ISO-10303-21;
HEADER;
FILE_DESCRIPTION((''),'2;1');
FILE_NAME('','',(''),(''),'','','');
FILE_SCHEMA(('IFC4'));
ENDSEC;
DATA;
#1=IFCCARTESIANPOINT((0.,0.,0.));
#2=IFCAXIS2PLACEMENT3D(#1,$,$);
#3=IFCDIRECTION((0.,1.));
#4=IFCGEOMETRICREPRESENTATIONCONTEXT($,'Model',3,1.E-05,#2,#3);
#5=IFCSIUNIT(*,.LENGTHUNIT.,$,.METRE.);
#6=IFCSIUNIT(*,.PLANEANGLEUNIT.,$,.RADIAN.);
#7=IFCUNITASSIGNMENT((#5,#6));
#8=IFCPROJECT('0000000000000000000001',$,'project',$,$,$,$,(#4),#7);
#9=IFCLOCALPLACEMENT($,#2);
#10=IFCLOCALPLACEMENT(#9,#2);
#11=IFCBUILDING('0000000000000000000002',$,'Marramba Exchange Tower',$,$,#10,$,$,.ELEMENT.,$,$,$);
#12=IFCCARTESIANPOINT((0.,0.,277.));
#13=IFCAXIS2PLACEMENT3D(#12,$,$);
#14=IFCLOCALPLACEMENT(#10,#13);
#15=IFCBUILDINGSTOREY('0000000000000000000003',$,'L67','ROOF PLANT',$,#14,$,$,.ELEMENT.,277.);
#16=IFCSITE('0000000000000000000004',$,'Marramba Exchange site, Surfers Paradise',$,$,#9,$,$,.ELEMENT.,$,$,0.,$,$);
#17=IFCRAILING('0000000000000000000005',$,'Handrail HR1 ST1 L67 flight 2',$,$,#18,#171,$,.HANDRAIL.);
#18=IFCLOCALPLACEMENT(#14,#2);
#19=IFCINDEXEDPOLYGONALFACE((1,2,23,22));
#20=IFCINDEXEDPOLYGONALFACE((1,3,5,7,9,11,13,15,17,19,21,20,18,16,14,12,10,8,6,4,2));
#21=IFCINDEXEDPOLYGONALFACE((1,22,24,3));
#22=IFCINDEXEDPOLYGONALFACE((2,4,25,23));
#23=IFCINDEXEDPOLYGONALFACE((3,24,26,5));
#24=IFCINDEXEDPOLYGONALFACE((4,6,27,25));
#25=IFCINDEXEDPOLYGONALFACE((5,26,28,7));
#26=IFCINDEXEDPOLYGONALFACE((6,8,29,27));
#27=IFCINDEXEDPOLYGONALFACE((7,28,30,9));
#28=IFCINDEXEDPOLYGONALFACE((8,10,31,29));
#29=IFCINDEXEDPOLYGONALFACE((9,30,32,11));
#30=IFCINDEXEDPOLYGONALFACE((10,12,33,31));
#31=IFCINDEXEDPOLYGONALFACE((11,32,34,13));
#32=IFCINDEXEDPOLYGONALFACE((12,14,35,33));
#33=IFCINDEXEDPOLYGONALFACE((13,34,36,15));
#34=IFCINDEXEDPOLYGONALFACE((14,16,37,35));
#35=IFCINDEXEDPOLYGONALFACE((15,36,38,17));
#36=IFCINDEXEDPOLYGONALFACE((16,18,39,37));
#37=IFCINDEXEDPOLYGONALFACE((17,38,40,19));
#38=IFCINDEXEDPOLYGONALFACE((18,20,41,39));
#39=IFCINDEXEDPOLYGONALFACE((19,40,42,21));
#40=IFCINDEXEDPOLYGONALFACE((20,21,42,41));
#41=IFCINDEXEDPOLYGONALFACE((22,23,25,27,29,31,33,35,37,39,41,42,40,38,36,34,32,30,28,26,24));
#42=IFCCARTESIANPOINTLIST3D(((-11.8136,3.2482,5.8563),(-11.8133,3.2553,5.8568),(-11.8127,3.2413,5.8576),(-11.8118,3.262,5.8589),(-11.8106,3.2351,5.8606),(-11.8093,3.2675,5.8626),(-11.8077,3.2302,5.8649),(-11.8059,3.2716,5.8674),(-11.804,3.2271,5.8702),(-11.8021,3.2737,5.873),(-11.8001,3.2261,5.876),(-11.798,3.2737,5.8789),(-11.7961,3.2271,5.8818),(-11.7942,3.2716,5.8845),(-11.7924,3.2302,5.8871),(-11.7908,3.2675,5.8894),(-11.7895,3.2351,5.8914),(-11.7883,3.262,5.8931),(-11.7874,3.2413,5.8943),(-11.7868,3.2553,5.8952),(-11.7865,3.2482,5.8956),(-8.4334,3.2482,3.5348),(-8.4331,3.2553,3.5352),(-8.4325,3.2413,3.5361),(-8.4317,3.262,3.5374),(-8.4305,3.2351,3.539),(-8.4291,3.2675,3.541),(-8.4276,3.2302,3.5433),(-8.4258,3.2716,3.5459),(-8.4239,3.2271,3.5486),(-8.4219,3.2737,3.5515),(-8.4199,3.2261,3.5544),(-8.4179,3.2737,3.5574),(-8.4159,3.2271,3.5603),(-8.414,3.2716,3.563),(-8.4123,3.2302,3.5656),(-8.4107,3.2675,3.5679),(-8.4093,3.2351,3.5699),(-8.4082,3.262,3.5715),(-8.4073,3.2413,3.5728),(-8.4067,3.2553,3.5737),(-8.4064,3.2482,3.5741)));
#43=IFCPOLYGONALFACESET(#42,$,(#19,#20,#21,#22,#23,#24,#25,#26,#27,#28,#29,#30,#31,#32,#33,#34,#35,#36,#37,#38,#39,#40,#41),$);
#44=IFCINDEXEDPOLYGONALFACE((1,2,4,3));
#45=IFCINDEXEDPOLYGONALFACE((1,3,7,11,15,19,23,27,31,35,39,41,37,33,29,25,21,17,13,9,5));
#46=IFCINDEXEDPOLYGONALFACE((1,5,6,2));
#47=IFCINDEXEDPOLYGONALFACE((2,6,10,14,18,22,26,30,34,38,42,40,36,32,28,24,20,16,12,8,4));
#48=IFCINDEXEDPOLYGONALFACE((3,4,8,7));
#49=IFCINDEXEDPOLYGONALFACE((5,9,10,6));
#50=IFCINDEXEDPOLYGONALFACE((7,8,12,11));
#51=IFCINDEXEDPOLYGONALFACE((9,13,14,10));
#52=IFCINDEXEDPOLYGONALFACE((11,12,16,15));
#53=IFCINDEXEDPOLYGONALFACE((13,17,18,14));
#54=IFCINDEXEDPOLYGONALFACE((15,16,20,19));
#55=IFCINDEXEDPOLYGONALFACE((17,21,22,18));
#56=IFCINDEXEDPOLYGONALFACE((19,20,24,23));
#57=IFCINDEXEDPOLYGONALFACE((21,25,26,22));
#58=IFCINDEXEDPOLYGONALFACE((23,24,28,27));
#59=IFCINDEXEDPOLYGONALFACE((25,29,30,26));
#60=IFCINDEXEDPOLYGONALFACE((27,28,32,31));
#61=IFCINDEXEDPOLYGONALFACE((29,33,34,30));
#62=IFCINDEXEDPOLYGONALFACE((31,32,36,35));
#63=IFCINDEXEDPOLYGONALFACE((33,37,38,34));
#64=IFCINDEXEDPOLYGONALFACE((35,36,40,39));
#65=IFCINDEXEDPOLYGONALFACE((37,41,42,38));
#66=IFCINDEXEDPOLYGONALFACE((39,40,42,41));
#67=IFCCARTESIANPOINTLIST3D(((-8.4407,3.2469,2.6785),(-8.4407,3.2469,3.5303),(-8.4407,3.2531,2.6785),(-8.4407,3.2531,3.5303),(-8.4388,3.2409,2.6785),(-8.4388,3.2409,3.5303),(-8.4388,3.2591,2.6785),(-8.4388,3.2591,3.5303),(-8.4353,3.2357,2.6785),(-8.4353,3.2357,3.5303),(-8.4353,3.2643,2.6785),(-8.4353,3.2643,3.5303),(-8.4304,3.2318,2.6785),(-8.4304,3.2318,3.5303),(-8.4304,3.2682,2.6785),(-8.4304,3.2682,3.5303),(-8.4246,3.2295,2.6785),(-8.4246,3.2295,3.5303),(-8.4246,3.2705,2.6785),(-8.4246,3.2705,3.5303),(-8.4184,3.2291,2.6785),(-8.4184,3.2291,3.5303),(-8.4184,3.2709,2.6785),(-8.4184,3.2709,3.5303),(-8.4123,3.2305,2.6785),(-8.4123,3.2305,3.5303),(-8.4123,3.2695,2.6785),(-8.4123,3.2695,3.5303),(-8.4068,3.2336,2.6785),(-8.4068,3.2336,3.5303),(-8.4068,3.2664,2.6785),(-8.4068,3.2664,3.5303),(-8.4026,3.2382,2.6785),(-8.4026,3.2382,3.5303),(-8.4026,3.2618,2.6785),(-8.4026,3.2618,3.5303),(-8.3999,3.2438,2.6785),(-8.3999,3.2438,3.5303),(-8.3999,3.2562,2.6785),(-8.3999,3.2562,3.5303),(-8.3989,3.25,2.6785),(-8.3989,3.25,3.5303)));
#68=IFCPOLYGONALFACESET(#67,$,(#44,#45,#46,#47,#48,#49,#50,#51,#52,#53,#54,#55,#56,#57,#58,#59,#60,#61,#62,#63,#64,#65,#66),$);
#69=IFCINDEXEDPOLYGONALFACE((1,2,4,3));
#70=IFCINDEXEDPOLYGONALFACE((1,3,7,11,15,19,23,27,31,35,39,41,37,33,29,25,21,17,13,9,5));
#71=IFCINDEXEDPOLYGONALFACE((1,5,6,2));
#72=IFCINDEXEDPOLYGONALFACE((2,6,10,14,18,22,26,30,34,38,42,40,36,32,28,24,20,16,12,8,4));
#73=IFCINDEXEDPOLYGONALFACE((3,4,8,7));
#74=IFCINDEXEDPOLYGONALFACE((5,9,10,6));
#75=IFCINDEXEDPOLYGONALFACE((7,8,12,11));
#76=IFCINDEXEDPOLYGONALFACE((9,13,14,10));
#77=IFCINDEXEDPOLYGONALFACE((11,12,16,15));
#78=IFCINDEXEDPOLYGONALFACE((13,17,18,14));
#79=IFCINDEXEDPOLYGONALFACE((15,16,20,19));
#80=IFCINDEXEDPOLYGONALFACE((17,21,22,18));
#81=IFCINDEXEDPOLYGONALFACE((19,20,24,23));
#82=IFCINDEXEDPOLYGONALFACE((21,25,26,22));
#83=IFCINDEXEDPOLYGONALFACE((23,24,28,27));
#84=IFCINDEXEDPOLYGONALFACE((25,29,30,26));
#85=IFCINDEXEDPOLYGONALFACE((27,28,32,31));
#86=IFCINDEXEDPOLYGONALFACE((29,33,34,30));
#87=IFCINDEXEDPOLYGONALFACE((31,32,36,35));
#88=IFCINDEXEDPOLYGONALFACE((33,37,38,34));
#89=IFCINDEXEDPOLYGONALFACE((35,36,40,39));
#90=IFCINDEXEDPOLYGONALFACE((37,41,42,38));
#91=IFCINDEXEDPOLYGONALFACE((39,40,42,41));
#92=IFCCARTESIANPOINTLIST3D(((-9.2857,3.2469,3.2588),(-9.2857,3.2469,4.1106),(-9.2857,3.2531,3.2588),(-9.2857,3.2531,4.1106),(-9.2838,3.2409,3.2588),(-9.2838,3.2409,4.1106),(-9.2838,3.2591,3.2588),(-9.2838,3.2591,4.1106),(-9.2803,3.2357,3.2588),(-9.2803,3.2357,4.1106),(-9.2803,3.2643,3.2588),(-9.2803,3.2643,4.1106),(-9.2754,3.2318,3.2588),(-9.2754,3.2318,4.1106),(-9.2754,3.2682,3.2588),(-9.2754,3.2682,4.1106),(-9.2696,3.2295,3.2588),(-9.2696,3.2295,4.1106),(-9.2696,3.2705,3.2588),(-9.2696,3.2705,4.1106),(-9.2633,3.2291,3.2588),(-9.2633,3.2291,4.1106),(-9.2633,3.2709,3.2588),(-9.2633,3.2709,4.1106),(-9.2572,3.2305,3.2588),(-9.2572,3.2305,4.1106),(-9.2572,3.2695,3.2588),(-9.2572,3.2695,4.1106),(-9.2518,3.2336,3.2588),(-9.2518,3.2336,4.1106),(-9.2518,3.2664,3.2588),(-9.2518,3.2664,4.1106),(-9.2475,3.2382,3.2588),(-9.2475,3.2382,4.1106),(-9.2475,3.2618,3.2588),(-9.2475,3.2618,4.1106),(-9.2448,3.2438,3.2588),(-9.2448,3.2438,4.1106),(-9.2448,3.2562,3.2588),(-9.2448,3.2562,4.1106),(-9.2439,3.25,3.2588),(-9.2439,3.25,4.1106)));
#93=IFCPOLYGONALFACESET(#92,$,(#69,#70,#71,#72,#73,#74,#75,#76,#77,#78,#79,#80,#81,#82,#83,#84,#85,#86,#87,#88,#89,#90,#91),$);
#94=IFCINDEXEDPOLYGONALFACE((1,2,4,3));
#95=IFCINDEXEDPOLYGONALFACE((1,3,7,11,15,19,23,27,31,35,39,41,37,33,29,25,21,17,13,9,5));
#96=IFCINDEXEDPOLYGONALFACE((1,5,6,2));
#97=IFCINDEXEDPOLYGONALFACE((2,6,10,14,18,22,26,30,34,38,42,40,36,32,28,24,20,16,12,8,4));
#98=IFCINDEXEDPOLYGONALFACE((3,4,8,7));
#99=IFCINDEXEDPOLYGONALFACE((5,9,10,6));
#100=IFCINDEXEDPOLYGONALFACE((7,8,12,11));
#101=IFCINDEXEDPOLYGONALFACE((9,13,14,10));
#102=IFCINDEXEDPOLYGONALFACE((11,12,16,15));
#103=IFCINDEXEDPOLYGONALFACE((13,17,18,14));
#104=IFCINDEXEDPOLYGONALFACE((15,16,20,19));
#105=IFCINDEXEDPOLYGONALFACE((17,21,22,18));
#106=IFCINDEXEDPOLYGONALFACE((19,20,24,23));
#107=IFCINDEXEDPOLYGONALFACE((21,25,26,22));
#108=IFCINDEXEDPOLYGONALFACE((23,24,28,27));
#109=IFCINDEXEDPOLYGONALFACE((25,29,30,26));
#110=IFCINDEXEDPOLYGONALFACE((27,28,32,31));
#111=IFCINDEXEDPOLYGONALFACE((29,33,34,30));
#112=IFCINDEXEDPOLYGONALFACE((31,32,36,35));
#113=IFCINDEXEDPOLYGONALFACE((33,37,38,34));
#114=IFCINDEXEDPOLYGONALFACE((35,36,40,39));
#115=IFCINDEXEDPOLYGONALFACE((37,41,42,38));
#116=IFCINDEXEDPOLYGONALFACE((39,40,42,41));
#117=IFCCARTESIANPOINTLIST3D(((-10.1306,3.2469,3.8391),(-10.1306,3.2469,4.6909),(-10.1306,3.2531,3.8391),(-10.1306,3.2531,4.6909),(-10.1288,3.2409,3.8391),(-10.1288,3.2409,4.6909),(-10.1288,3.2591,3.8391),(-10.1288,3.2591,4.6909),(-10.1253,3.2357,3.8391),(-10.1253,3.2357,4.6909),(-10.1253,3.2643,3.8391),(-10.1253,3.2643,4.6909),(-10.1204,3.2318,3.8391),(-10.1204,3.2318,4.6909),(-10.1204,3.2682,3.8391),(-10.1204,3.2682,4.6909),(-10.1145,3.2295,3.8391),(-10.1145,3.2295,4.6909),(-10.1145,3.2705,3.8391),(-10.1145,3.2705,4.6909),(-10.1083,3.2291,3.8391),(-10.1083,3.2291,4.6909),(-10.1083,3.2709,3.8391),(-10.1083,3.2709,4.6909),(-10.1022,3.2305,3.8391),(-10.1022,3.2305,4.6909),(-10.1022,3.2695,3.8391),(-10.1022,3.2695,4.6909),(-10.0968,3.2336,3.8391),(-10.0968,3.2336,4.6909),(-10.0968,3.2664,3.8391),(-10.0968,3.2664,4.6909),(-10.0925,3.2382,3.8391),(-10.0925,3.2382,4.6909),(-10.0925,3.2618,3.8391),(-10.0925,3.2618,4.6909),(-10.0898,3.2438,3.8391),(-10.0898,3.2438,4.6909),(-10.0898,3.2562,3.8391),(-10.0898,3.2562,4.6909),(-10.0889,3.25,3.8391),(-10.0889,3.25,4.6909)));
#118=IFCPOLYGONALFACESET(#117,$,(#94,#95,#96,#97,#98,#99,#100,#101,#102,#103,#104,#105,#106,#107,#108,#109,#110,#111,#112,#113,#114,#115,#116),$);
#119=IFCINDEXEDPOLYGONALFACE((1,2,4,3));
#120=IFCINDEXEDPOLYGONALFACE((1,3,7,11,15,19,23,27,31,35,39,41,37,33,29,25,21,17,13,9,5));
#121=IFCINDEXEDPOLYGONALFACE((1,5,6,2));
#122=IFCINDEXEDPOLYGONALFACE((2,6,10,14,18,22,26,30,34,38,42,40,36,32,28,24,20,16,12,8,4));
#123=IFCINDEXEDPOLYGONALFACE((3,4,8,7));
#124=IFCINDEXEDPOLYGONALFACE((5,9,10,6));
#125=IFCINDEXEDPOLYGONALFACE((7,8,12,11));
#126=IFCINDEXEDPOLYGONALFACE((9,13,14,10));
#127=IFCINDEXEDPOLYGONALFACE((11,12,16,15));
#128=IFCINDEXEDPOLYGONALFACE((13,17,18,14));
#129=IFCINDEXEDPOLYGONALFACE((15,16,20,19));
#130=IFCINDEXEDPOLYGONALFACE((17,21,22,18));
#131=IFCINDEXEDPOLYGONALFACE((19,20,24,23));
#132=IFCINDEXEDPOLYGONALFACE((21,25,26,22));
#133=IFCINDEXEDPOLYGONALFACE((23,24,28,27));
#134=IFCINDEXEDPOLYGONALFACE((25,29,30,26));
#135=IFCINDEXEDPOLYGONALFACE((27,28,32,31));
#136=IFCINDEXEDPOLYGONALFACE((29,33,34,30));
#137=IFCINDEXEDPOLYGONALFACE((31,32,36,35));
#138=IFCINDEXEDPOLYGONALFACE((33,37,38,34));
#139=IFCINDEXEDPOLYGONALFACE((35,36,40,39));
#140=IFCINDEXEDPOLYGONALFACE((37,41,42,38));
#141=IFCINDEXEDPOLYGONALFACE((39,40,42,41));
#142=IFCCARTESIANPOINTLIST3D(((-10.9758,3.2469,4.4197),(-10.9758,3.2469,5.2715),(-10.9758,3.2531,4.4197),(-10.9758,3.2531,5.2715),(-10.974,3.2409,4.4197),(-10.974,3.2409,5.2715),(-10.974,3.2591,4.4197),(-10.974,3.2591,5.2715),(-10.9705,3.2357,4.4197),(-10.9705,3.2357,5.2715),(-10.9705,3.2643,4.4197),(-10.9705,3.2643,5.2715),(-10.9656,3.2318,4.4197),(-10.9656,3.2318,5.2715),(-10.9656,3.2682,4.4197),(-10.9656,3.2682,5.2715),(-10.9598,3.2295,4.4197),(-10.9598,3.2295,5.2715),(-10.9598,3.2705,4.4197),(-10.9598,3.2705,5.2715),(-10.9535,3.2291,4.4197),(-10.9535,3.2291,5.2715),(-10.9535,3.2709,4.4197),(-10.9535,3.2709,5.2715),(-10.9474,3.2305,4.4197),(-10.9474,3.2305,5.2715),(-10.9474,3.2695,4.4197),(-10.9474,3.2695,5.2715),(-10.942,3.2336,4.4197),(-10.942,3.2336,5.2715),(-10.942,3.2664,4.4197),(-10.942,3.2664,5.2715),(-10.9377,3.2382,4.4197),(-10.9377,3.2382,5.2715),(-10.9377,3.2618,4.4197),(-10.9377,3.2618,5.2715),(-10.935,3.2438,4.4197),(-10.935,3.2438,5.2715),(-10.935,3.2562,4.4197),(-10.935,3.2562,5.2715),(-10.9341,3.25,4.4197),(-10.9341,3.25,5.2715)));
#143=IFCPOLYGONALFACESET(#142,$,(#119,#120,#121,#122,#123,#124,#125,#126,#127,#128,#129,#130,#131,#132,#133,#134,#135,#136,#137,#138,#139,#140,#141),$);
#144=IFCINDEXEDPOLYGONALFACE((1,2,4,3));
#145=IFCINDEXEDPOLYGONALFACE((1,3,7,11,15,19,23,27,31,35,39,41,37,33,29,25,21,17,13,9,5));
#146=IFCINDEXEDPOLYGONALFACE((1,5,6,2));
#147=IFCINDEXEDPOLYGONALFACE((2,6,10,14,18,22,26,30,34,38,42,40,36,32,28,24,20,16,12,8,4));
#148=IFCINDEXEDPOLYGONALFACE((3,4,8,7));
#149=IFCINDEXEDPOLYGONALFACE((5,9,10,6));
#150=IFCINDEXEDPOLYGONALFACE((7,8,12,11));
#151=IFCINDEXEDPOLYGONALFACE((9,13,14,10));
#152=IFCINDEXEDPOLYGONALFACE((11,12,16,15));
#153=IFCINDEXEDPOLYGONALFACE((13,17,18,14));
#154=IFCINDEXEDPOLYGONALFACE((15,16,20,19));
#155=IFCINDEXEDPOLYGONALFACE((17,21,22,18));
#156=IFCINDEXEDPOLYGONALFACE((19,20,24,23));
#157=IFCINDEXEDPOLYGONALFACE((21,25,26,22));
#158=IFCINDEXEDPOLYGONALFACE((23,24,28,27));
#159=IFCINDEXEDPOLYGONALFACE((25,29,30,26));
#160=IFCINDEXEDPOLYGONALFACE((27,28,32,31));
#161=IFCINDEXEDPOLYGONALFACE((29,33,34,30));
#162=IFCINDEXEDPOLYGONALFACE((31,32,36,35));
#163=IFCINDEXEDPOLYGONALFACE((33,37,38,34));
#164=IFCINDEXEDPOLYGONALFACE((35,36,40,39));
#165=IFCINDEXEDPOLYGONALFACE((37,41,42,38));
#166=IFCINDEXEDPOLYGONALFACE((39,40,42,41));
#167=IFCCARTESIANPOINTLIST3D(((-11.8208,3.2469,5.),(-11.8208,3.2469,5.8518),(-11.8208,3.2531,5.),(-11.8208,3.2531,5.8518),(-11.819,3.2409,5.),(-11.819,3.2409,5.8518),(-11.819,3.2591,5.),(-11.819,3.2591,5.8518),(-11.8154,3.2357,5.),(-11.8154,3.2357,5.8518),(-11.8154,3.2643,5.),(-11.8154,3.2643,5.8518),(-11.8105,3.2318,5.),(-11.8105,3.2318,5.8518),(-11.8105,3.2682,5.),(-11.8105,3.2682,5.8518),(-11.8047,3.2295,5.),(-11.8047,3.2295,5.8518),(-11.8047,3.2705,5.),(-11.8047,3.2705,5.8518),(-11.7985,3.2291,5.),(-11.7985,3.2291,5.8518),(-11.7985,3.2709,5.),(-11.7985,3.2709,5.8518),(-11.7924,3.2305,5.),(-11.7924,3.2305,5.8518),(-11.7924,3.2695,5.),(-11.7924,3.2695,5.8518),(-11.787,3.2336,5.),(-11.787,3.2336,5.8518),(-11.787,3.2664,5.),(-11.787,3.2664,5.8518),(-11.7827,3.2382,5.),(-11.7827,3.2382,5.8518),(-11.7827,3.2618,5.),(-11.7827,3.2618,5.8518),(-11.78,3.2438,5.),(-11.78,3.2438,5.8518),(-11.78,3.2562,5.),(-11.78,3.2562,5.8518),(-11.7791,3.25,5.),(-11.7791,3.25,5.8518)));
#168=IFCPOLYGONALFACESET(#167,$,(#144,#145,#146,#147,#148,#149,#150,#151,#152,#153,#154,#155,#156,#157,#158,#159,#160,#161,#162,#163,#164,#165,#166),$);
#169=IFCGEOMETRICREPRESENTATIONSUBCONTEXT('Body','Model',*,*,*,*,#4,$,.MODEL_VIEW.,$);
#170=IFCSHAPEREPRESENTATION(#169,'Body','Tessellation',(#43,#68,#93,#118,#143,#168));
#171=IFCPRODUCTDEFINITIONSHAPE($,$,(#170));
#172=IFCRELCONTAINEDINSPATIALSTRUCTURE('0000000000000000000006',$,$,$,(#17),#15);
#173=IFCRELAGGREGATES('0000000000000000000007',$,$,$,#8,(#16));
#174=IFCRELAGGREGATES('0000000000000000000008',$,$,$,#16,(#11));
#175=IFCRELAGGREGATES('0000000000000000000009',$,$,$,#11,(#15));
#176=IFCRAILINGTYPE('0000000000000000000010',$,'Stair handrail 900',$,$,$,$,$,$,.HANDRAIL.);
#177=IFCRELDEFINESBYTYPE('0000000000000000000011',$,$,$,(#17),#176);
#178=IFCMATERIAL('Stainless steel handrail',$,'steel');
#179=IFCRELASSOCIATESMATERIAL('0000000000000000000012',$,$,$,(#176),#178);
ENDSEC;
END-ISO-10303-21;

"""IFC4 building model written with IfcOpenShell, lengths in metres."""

from ifc_helpers import new_model, si_unit, direction, frame, origin, origin_2d, place, context, subcontext, project, spatial, circle, extrude, material, type_object, element, save


model = new_model("IFC4")

# Units and contexts
model_context = context("Model", 3, precision=1e-05, world=origin(), true_north=direction((0.0, 1.0)))
body_context = subcontext(model_context, "Body", "Model", "MODEL_VIEW")
ifc_project = project(units=[si_unit("LENGTHUNIT", "METRE"), si_unit("PLANEANGLEUNIT", "RADIAN")], contexts=[model_context])

# Site, building, storey
site_placement = place(None, origin())
site = spatial("IfcSite", under=ifc_project, at=site_placement, Name="Marramba Exchange site, Surfers Paradise", CompositionType="ELEMENT", RefElevation=0.0)
building_placement = place(site_placement, origin())
building = spatial("IfcBuilding", under=site, at=building_placement, Name="Marramba Exchange Tower", CompositionType="ELEMENT")
storey_placement = place(building_placement, frame((0.0, 0.0, 277.0)))
storey = spatial("IfcBuildingStorey", under=building, at=storey_placement, Name="L67", Description="ROOF PLANT", CompositionType="ELEMENT", Elevation=277.0)

# Railing
ifc_material_1 = material(Name="Stainless steel handrail", Category="steel")
railing_type = type_object("IfcRailingType", Name="Stair handrail 900", PredefinedType="HANDRAIL", material=ifc_material_1)
railing_placement = place(storey_placement, frame((-8.4199, 3.25, 2.6785)))
element("IfcRailing", 1, at=railing_placement, inside=storey, type_object=railing_type, Name="Handrail HR1 ST1 L67 flight 2", PredefinedType="HANDRAIL", context=body_context, shape_type="SweptSolid", body=[
    extrude(circle(Radius=0.0239, at=origin_2d()), frame((0.0, 0.0, 0.876), z_axis=(-0.824304, 0.0, 0.566147), x_axis=(0.0, -1.0, 0.0)), (0.0, 0.0, 1.0), 4.1006),
    extrude(circle(Radius=0.021, at=origin_2d()), origin(), (0.0, 0.0, 1.0), 0.8518),
    extrude(circle(Radius=0.021, at=origin_2d()), frame((-0.845, 0.0, 0.5803)), (0.0, 0.0, 1.0), 0.8518),
    extrude(circle(Radius=0.021, at=origin_2d()), frame((-1.6899, 0.0, 1.1606)), (0.0, 0.0, 1.0), 0.8518),
    extrude(circle(Radius=0.021, at=origin_2d()), frame((-2.5352, 0.0, 1.7412)), (0.0, 0.0, 1.0), 0.8518),
    extrude(circle(Radius=0.021, at=origin_2d()), frame((-3.3801, 0.0, 2.3215)), (0.0, 0.0, 1.0), 0.8518),
])

save(model, "model.ifc")
